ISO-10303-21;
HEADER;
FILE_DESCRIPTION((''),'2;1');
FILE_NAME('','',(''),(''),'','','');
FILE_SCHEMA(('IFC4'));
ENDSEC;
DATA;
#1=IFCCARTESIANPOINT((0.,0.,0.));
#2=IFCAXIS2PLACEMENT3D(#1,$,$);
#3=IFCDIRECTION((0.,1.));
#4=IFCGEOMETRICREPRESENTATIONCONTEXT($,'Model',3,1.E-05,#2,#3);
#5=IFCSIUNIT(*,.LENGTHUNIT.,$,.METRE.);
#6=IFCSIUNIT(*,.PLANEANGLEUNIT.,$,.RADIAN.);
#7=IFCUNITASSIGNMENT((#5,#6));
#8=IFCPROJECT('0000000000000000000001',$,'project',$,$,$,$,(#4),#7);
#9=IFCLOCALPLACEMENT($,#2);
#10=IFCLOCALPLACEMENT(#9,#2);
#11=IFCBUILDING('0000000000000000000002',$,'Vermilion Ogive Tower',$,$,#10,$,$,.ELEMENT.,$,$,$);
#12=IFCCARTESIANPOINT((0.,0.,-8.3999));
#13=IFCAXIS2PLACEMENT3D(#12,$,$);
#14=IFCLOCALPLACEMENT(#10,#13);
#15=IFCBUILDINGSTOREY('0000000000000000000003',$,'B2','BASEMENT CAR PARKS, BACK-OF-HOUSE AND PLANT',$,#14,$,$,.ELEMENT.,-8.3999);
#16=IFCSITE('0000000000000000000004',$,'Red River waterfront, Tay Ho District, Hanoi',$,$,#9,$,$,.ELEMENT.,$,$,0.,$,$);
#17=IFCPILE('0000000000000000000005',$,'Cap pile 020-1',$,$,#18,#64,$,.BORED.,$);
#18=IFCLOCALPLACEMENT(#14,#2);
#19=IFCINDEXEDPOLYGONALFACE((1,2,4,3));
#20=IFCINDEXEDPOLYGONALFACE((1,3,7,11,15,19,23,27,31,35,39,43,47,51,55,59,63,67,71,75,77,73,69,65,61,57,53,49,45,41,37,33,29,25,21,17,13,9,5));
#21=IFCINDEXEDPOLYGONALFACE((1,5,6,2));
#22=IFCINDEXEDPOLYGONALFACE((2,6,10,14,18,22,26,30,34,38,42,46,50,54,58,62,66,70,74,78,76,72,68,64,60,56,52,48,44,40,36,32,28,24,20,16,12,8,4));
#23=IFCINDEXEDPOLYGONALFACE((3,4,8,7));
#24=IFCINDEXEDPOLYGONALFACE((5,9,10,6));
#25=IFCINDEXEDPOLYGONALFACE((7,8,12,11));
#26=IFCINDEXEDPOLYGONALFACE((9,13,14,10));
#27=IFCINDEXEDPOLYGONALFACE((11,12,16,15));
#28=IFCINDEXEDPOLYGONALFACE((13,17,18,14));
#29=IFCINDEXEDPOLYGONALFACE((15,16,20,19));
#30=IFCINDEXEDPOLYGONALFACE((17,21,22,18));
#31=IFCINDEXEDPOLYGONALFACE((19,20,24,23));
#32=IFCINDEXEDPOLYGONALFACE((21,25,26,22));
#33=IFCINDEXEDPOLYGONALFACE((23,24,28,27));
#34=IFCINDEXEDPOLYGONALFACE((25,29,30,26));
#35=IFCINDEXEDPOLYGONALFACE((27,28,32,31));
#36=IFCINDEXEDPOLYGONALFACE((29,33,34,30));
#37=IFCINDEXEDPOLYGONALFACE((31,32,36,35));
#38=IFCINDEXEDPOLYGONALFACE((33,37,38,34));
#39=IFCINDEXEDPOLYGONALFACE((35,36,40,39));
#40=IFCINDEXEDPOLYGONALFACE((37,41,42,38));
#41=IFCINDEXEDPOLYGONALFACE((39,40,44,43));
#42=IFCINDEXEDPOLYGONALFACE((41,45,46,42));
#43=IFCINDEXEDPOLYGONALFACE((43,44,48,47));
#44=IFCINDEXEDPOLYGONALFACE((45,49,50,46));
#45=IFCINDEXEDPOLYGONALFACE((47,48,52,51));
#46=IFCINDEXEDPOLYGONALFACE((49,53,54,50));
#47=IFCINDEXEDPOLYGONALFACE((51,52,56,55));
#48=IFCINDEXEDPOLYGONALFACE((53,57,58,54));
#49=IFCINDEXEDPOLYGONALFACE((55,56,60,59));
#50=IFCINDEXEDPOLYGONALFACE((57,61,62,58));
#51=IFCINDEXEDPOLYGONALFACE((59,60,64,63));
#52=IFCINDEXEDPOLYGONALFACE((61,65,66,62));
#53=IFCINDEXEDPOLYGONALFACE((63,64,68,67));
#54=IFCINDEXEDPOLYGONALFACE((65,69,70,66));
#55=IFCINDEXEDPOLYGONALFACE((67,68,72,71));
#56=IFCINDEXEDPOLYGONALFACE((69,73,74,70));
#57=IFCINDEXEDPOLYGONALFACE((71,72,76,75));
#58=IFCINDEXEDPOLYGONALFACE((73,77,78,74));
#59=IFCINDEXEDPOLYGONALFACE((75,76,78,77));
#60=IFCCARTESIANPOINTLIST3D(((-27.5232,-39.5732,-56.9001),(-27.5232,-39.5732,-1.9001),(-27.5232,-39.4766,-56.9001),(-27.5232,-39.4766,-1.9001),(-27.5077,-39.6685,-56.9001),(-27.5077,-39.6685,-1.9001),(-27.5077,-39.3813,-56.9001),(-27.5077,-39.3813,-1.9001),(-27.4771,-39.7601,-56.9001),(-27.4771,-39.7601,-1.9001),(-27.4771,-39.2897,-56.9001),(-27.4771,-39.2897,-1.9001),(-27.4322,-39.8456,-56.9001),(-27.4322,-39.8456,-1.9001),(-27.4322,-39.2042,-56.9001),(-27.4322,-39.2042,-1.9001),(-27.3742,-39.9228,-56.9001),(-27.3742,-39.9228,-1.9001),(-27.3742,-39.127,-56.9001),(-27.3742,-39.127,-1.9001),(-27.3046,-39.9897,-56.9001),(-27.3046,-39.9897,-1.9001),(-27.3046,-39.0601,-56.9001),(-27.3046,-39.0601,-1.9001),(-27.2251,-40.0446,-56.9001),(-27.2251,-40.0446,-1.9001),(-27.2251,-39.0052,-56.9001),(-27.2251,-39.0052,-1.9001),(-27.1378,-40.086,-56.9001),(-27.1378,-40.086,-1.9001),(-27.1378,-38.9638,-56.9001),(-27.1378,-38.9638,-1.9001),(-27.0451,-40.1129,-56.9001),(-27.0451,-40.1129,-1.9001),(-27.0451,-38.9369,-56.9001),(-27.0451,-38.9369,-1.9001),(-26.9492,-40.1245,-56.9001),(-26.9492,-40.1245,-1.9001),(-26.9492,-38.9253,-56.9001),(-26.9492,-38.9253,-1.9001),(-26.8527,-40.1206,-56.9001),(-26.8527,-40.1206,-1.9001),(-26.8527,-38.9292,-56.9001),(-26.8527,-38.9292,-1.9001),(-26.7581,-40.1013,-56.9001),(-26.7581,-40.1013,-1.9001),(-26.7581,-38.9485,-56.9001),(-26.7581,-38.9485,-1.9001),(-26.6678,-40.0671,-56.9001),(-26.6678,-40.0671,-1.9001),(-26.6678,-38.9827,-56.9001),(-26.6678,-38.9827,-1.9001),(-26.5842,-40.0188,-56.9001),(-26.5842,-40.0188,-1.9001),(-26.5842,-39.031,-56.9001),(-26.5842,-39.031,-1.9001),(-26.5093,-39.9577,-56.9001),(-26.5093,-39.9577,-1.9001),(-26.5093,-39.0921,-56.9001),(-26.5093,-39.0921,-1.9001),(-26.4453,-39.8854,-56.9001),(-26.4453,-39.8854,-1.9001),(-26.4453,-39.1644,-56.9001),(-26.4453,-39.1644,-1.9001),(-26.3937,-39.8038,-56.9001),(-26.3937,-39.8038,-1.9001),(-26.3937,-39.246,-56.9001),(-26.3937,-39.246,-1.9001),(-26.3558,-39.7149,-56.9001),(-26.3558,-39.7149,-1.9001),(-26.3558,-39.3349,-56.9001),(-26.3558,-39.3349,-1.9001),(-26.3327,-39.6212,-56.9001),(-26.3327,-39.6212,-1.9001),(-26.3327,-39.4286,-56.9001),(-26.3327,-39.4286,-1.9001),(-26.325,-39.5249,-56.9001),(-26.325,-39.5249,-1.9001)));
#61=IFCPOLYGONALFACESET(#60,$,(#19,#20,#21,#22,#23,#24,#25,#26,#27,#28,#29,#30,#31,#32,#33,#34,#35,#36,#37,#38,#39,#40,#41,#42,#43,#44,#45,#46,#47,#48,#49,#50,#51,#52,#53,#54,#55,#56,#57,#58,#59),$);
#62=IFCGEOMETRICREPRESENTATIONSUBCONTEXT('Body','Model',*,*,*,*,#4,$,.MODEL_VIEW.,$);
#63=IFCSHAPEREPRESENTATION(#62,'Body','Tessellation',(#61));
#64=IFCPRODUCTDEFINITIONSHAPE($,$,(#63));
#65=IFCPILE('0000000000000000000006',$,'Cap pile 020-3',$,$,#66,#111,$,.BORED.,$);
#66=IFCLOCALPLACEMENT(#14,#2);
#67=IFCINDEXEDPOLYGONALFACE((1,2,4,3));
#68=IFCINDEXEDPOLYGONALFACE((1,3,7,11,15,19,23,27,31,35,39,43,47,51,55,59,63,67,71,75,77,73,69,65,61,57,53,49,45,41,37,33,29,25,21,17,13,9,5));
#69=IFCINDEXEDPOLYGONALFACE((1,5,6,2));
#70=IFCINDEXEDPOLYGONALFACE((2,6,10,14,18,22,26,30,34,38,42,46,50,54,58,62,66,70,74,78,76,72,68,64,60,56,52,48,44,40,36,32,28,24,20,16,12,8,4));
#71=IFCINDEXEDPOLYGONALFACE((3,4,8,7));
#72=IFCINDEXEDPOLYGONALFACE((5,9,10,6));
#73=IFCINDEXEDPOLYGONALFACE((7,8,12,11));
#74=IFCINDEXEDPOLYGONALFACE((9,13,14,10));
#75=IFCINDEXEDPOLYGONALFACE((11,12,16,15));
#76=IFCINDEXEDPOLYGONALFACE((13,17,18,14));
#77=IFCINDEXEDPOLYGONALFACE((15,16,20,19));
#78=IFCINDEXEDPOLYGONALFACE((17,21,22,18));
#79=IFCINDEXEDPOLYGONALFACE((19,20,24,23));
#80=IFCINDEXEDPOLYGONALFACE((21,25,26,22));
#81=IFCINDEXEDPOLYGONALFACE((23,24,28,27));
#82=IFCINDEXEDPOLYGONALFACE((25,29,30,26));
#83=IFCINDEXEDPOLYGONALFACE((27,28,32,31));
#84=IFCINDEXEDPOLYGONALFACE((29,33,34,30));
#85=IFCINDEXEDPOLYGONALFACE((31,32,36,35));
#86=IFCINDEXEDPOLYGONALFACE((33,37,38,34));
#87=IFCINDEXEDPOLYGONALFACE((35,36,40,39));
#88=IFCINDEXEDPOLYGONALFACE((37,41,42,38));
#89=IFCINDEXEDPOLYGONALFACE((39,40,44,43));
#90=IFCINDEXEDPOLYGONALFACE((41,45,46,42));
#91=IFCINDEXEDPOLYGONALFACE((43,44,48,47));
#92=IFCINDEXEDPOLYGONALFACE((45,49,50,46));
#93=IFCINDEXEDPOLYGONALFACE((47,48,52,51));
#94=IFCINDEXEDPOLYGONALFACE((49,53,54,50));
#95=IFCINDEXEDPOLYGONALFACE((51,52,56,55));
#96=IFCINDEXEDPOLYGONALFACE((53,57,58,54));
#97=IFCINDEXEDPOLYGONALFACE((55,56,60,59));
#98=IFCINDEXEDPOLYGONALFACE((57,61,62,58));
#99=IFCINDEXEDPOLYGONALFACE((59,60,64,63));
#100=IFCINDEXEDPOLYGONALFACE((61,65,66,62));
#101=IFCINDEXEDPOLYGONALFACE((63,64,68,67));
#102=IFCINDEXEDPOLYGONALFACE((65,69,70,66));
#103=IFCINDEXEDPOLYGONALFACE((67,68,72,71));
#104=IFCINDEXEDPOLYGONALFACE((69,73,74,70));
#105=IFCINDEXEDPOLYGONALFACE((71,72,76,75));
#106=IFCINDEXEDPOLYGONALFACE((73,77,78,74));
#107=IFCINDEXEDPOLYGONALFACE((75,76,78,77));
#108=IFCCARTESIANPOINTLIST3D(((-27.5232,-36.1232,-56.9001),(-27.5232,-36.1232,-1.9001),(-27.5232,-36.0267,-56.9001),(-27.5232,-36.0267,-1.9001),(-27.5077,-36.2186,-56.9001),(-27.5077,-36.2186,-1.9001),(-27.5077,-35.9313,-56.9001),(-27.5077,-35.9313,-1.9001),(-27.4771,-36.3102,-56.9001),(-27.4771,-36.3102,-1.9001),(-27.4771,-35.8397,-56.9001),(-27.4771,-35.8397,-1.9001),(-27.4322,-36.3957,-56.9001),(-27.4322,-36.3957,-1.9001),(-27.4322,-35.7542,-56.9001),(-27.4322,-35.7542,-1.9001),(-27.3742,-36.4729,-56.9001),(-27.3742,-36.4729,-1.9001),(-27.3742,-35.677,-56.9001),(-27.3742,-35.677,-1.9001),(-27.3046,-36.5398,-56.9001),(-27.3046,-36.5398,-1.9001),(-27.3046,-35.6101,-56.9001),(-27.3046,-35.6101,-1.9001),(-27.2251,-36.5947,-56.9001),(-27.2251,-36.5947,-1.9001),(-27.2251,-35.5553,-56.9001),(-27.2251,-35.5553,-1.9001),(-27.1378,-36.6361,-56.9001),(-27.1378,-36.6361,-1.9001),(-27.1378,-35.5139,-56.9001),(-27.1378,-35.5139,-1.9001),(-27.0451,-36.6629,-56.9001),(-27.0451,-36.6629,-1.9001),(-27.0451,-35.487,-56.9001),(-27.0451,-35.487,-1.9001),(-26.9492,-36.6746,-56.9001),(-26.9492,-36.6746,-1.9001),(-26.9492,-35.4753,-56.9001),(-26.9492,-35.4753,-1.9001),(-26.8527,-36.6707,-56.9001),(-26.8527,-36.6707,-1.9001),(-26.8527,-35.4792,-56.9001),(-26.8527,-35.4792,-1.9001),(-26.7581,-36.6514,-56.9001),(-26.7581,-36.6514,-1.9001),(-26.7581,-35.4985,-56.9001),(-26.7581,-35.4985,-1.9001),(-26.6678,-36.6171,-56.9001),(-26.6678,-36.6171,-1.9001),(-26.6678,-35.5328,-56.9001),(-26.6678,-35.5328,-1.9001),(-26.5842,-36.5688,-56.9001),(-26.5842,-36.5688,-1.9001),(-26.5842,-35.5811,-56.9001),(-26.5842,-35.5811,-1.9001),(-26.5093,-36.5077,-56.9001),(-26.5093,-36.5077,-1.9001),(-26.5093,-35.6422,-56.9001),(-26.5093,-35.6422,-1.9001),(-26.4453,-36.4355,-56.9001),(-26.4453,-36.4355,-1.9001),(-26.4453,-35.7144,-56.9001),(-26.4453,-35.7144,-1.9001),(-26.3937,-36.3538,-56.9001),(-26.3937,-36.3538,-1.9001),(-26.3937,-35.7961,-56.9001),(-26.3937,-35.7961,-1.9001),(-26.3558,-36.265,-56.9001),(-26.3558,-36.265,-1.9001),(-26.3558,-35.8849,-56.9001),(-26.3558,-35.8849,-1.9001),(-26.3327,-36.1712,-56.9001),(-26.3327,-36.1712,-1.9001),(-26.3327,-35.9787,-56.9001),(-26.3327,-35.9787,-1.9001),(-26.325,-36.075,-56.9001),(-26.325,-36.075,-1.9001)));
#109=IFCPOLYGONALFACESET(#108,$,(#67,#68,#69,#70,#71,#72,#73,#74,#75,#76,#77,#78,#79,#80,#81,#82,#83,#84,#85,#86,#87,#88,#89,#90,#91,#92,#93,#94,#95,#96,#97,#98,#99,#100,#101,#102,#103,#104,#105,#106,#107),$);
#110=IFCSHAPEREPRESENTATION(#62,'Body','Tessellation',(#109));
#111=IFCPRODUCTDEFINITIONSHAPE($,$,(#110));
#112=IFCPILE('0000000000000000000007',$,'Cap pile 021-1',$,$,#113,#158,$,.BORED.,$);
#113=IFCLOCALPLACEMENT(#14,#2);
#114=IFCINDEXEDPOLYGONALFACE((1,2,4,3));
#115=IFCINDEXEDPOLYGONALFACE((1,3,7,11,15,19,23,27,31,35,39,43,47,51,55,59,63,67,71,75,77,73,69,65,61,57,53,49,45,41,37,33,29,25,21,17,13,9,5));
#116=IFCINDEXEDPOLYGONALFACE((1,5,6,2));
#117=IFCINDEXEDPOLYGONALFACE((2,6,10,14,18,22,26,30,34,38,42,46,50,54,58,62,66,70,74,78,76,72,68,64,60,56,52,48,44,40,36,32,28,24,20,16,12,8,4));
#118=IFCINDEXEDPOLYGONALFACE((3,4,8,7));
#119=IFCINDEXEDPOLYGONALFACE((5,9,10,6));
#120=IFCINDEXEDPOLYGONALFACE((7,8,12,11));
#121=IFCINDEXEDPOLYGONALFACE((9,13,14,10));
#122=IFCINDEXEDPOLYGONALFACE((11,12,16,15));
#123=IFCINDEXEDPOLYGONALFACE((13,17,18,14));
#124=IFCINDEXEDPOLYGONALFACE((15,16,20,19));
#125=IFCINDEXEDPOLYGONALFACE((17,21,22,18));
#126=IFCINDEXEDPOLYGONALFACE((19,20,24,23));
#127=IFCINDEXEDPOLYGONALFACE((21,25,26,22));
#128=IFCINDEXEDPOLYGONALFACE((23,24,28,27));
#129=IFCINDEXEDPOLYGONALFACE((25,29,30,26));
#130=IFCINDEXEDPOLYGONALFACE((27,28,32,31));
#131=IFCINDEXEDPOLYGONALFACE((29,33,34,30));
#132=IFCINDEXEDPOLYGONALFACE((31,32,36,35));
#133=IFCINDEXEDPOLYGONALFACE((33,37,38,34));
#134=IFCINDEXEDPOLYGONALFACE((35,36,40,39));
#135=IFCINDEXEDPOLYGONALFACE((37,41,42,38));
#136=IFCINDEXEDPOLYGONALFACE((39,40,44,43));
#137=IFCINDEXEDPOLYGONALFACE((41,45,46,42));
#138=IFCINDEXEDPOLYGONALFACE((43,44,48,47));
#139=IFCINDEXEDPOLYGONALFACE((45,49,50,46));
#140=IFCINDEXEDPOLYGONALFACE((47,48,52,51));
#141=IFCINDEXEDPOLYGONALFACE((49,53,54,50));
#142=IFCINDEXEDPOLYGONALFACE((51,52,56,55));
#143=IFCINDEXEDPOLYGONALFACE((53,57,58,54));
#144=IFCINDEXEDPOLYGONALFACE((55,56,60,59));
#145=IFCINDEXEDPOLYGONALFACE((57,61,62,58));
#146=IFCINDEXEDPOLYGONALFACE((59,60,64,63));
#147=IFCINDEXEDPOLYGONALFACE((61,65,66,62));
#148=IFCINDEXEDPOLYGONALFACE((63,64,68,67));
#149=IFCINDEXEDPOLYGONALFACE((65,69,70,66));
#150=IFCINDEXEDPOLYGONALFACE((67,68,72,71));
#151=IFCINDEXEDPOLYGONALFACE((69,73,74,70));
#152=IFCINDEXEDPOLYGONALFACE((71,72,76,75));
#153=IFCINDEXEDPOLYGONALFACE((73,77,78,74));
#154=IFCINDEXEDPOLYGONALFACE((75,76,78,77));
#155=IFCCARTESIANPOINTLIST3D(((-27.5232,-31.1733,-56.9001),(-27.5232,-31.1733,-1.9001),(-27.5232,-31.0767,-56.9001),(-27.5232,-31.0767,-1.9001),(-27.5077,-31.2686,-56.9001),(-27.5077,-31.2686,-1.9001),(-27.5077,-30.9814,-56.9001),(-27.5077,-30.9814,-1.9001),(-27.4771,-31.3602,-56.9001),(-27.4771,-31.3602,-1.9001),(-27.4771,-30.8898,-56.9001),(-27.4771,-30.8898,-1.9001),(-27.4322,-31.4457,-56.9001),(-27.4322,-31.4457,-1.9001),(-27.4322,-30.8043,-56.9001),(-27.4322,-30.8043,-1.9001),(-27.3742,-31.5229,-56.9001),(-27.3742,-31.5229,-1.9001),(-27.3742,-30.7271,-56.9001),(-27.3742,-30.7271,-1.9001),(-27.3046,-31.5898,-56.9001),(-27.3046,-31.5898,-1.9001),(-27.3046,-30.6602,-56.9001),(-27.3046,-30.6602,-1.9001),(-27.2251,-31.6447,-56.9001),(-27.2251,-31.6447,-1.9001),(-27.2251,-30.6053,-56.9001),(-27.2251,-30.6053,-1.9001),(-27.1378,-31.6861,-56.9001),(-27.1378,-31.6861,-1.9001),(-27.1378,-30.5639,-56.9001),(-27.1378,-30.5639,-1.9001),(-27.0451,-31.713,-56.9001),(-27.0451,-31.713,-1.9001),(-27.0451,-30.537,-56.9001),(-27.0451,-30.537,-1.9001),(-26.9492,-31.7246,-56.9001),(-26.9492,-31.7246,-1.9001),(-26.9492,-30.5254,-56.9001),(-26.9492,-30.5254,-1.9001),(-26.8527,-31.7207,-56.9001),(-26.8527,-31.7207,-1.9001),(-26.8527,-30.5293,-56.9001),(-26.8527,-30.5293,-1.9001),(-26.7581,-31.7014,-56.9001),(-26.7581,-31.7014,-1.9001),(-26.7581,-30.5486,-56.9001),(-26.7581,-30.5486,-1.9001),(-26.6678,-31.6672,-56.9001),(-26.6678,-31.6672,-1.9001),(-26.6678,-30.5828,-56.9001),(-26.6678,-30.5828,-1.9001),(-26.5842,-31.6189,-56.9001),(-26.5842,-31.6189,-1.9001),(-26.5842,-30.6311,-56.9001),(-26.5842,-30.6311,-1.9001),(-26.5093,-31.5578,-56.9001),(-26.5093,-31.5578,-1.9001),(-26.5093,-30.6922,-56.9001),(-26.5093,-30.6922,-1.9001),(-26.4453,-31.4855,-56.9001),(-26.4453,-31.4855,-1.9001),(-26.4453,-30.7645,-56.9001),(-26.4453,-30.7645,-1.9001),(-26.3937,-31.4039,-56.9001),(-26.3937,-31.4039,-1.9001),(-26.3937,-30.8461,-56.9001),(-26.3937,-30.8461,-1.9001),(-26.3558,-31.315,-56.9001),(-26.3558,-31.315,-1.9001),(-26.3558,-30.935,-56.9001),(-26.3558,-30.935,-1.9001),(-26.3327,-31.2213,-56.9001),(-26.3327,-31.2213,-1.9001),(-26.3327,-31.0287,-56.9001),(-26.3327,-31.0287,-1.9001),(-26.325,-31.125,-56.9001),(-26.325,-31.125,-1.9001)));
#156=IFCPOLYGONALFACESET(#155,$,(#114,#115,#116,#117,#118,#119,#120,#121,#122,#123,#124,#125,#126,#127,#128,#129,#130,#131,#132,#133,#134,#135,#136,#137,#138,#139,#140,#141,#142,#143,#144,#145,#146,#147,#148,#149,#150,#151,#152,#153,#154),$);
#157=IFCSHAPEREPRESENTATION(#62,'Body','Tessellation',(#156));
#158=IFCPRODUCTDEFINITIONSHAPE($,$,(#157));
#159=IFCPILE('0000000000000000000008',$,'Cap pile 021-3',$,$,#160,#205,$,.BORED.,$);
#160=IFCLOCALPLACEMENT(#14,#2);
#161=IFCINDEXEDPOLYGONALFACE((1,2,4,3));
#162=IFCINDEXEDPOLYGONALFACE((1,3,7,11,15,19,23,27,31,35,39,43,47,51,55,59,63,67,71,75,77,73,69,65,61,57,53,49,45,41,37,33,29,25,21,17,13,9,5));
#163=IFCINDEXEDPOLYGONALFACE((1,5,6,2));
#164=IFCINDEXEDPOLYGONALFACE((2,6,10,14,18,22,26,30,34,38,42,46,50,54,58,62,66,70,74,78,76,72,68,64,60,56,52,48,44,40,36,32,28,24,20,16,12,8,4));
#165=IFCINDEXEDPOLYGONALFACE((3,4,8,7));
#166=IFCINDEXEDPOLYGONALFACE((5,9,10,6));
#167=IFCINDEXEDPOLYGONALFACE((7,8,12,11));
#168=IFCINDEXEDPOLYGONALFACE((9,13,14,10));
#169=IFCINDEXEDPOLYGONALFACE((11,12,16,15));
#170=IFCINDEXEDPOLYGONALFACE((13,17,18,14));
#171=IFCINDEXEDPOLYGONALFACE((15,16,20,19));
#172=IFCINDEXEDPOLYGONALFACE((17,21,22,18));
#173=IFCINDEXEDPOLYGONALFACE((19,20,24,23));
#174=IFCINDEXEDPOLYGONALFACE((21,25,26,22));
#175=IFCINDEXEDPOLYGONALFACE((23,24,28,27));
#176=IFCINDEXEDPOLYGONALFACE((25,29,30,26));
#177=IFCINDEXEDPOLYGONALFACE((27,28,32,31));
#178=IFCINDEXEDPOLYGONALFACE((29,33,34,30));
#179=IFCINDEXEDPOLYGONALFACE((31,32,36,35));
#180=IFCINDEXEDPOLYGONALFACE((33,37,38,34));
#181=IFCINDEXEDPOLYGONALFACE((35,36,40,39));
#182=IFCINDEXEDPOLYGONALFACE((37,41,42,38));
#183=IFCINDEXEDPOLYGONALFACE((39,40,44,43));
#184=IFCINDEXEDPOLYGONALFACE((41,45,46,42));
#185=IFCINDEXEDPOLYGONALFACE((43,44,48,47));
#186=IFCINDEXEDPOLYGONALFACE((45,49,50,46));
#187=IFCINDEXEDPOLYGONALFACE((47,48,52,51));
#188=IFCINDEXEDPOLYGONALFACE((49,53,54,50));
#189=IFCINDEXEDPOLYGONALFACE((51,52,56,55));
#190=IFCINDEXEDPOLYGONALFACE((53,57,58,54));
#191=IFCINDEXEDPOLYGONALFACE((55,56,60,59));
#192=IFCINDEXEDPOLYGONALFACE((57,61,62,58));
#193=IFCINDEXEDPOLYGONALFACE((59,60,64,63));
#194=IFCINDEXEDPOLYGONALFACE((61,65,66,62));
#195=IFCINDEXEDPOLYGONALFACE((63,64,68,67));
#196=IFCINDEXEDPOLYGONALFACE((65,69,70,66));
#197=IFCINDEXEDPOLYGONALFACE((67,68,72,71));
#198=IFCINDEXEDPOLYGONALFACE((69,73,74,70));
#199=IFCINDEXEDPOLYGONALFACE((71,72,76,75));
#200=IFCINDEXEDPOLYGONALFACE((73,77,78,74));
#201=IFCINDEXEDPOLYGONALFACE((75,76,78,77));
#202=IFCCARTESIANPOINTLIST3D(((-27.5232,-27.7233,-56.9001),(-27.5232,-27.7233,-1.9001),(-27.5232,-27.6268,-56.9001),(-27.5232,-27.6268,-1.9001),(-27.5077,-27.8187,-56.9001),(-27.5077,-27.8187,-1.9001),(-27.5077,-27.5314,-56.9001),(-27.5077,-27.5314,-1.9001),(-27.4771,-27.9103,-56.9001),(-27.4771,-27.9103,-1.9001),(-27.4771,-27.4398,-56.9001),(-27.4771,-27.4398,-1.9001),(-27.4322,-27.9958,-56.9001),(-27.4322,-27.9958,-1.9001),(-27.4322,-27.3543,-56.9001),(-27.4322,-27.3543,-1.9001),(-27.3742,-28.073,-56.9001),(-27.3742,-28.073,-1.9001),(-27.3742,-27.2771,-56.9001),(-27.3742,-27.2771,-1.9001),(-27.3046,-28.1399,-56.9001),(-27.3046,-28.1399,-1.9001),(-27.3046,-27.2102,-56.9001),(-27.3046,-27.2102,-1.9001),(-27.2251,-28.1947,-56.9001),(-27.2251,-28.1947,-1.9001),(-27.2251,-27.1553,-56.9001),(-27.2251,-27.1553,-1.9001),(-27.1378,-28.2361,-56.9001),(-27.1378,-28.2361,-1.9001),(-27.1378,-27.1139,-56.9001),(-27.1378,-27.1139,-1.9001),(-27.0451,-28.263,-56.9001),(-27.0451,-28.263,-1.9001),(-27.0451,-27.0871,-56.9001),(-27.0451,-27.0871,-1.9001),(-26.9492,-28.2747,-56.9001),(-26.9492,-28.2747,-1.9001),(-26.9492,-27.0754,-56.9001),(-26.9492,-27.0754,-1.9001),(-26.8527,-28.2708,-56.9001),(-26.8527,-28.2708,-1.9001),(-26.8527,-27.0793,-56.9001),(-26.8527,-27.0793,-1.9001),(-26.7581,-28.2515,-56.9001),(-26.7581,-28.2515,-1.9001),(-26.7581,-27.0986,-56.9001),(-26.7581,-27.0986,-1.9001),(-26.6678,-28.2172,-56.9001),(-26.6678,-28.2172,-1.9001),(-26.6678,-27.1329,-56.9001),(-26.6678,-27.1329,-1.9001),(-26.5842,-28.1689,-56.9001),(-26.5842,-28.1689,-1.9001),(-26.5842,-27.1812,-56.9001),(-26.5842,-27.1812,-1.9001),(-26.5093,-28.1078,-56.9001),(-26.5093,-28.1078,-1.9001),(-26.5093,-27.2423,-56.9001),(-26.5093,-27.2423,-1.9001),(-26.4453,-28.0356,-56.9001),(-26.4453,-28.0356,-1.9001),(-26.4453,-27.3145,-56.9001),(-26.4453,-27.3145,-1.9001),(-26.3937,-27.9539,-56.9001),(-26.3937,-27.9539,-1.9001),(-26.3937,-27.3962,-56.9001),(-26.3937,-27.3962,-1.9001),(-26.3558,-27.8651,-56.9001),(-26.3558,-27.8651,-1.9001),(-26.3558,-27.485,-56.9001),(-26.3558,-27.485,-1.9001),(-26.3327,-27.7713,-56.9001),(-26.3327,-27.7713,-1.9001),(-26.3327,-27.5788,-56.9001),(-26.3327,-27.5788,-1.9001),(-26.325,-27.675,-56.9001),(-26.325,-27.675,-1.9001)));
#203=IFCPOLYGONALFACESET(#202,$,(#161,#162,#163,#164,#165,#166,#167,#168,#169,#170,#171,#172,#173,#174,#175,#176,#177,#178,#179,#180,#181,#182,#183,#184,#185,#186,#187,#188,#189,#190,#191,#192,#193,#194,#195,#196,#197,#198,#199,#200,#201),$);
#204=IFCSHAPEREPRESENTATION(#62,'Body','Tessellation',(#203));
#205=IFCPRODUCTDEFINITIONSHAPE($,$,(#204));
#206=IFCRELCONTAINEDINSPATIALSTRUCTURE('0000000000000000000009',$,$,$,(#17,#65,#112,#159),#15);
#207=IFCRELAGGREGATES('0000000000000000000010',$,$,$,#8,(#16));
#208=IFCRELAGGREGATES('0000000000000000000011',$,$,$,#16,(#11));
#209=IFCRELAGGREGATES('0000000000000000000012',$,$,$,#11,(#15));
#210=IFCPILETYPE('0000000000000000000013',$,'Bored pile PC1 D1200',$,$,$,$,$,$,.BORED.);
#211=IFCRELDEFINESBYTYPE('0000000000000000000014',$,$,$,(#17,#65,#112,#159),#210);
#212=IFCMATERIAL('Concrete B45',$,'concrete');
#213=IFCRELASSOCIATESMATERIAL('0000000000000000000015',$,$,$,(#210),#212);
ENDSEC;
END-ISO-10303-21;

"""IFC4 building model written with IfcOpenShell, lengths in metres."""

from ifc_helpers import new_model, si_unit, direction, frame, origin, origin_2d, place, context, subcontext, project, spatial, circle, extrude, material, type_object, element, save


model = new_model("IFC4")

# Units and contexts
model_context = context("Model", 3, precision=1e-05, world=origin(), true_north=direction((0.0, 1.0)))
body_context = subcontext(model_context, "Body", "Model", "MODEL_VIEW")
ifc_project = project(units=[si_unit("LENGTHUNIT", "METRE"), si_unit("PLANEANGLEUNIT", "RADIAN")], contexts=[model_context])

# Site, building, storey
site_placement = place(None, origin())
site = spatial("IfcSite", under=ifc_project, at=site_placement, Name="Red River waterfront, Tay Ho District, Hanoi", CompositionType="ELEMENT", RefElevation=0.0)
building_placement = place(site_placement, origin())
building = spatial("IfcBuilding", under=site, at=building_placement, Name="Vermilion Ogive Tower", CompositionType="ELEMENT")
storey_placement = place(building_placement, frame((0.0, 0.0, -8.3999)))
storey = spatial("IfcBuildingStorey", under=building, at=storey_placement, Name="B2", Description="BASEMENT CAR PARKS, BACK-OF-HOUSE AND PLANT", CompositionType="ELEMENT", Elevation=-8.3999)

# Piles
ifc_material_1 = material(Name="Concrete B45", Category="concrete")
pile_type_1 = type_object("IfcPileType", Name="Bored pile PC1 D1200", PredefinedType="BORED", material=ifc_material_1)
for number, where, z_axis, x_axis, name in (
    (1, (-26.925, -39.5249, -1.9001), (0.0, 0.0, -1.0), (1.0, 0.0, 0.0), "Cap pile 020-1"),
    (2, (-26.925, -36.075, -1.9001), (0.0, 0.0, -1.0), (1.0, 0.0, 0.0), "Cap pile 020-3"),
    (3, (-26.925, -31.125, -1.9001), (0.0, 0.0, -1.0), (1.0, 0.0, 0.0), "Cap pile 021-1"),
    (4, (-26.925, -27.675, -1.9001), (0.0, 0.0, -1.0), (1.0, 0.0, 0.0), "Cap pile 021-3"),
):
    element("IfcPile", number, at=place(storey_placement, frame(where, z_axis=z_axis, x_axis=x_axis)), inside=storey, type_object=pile_type_1, Name=name, PredefinedType="BORED", context=body_context, shape_type="SweptSolid", body=[
        extrude(circle(Radius=0.6001, at=origin_2d()), origin(), (0.0, 0.0, 1.0), 55.0),
    ])

save(model, "model.ifc")
